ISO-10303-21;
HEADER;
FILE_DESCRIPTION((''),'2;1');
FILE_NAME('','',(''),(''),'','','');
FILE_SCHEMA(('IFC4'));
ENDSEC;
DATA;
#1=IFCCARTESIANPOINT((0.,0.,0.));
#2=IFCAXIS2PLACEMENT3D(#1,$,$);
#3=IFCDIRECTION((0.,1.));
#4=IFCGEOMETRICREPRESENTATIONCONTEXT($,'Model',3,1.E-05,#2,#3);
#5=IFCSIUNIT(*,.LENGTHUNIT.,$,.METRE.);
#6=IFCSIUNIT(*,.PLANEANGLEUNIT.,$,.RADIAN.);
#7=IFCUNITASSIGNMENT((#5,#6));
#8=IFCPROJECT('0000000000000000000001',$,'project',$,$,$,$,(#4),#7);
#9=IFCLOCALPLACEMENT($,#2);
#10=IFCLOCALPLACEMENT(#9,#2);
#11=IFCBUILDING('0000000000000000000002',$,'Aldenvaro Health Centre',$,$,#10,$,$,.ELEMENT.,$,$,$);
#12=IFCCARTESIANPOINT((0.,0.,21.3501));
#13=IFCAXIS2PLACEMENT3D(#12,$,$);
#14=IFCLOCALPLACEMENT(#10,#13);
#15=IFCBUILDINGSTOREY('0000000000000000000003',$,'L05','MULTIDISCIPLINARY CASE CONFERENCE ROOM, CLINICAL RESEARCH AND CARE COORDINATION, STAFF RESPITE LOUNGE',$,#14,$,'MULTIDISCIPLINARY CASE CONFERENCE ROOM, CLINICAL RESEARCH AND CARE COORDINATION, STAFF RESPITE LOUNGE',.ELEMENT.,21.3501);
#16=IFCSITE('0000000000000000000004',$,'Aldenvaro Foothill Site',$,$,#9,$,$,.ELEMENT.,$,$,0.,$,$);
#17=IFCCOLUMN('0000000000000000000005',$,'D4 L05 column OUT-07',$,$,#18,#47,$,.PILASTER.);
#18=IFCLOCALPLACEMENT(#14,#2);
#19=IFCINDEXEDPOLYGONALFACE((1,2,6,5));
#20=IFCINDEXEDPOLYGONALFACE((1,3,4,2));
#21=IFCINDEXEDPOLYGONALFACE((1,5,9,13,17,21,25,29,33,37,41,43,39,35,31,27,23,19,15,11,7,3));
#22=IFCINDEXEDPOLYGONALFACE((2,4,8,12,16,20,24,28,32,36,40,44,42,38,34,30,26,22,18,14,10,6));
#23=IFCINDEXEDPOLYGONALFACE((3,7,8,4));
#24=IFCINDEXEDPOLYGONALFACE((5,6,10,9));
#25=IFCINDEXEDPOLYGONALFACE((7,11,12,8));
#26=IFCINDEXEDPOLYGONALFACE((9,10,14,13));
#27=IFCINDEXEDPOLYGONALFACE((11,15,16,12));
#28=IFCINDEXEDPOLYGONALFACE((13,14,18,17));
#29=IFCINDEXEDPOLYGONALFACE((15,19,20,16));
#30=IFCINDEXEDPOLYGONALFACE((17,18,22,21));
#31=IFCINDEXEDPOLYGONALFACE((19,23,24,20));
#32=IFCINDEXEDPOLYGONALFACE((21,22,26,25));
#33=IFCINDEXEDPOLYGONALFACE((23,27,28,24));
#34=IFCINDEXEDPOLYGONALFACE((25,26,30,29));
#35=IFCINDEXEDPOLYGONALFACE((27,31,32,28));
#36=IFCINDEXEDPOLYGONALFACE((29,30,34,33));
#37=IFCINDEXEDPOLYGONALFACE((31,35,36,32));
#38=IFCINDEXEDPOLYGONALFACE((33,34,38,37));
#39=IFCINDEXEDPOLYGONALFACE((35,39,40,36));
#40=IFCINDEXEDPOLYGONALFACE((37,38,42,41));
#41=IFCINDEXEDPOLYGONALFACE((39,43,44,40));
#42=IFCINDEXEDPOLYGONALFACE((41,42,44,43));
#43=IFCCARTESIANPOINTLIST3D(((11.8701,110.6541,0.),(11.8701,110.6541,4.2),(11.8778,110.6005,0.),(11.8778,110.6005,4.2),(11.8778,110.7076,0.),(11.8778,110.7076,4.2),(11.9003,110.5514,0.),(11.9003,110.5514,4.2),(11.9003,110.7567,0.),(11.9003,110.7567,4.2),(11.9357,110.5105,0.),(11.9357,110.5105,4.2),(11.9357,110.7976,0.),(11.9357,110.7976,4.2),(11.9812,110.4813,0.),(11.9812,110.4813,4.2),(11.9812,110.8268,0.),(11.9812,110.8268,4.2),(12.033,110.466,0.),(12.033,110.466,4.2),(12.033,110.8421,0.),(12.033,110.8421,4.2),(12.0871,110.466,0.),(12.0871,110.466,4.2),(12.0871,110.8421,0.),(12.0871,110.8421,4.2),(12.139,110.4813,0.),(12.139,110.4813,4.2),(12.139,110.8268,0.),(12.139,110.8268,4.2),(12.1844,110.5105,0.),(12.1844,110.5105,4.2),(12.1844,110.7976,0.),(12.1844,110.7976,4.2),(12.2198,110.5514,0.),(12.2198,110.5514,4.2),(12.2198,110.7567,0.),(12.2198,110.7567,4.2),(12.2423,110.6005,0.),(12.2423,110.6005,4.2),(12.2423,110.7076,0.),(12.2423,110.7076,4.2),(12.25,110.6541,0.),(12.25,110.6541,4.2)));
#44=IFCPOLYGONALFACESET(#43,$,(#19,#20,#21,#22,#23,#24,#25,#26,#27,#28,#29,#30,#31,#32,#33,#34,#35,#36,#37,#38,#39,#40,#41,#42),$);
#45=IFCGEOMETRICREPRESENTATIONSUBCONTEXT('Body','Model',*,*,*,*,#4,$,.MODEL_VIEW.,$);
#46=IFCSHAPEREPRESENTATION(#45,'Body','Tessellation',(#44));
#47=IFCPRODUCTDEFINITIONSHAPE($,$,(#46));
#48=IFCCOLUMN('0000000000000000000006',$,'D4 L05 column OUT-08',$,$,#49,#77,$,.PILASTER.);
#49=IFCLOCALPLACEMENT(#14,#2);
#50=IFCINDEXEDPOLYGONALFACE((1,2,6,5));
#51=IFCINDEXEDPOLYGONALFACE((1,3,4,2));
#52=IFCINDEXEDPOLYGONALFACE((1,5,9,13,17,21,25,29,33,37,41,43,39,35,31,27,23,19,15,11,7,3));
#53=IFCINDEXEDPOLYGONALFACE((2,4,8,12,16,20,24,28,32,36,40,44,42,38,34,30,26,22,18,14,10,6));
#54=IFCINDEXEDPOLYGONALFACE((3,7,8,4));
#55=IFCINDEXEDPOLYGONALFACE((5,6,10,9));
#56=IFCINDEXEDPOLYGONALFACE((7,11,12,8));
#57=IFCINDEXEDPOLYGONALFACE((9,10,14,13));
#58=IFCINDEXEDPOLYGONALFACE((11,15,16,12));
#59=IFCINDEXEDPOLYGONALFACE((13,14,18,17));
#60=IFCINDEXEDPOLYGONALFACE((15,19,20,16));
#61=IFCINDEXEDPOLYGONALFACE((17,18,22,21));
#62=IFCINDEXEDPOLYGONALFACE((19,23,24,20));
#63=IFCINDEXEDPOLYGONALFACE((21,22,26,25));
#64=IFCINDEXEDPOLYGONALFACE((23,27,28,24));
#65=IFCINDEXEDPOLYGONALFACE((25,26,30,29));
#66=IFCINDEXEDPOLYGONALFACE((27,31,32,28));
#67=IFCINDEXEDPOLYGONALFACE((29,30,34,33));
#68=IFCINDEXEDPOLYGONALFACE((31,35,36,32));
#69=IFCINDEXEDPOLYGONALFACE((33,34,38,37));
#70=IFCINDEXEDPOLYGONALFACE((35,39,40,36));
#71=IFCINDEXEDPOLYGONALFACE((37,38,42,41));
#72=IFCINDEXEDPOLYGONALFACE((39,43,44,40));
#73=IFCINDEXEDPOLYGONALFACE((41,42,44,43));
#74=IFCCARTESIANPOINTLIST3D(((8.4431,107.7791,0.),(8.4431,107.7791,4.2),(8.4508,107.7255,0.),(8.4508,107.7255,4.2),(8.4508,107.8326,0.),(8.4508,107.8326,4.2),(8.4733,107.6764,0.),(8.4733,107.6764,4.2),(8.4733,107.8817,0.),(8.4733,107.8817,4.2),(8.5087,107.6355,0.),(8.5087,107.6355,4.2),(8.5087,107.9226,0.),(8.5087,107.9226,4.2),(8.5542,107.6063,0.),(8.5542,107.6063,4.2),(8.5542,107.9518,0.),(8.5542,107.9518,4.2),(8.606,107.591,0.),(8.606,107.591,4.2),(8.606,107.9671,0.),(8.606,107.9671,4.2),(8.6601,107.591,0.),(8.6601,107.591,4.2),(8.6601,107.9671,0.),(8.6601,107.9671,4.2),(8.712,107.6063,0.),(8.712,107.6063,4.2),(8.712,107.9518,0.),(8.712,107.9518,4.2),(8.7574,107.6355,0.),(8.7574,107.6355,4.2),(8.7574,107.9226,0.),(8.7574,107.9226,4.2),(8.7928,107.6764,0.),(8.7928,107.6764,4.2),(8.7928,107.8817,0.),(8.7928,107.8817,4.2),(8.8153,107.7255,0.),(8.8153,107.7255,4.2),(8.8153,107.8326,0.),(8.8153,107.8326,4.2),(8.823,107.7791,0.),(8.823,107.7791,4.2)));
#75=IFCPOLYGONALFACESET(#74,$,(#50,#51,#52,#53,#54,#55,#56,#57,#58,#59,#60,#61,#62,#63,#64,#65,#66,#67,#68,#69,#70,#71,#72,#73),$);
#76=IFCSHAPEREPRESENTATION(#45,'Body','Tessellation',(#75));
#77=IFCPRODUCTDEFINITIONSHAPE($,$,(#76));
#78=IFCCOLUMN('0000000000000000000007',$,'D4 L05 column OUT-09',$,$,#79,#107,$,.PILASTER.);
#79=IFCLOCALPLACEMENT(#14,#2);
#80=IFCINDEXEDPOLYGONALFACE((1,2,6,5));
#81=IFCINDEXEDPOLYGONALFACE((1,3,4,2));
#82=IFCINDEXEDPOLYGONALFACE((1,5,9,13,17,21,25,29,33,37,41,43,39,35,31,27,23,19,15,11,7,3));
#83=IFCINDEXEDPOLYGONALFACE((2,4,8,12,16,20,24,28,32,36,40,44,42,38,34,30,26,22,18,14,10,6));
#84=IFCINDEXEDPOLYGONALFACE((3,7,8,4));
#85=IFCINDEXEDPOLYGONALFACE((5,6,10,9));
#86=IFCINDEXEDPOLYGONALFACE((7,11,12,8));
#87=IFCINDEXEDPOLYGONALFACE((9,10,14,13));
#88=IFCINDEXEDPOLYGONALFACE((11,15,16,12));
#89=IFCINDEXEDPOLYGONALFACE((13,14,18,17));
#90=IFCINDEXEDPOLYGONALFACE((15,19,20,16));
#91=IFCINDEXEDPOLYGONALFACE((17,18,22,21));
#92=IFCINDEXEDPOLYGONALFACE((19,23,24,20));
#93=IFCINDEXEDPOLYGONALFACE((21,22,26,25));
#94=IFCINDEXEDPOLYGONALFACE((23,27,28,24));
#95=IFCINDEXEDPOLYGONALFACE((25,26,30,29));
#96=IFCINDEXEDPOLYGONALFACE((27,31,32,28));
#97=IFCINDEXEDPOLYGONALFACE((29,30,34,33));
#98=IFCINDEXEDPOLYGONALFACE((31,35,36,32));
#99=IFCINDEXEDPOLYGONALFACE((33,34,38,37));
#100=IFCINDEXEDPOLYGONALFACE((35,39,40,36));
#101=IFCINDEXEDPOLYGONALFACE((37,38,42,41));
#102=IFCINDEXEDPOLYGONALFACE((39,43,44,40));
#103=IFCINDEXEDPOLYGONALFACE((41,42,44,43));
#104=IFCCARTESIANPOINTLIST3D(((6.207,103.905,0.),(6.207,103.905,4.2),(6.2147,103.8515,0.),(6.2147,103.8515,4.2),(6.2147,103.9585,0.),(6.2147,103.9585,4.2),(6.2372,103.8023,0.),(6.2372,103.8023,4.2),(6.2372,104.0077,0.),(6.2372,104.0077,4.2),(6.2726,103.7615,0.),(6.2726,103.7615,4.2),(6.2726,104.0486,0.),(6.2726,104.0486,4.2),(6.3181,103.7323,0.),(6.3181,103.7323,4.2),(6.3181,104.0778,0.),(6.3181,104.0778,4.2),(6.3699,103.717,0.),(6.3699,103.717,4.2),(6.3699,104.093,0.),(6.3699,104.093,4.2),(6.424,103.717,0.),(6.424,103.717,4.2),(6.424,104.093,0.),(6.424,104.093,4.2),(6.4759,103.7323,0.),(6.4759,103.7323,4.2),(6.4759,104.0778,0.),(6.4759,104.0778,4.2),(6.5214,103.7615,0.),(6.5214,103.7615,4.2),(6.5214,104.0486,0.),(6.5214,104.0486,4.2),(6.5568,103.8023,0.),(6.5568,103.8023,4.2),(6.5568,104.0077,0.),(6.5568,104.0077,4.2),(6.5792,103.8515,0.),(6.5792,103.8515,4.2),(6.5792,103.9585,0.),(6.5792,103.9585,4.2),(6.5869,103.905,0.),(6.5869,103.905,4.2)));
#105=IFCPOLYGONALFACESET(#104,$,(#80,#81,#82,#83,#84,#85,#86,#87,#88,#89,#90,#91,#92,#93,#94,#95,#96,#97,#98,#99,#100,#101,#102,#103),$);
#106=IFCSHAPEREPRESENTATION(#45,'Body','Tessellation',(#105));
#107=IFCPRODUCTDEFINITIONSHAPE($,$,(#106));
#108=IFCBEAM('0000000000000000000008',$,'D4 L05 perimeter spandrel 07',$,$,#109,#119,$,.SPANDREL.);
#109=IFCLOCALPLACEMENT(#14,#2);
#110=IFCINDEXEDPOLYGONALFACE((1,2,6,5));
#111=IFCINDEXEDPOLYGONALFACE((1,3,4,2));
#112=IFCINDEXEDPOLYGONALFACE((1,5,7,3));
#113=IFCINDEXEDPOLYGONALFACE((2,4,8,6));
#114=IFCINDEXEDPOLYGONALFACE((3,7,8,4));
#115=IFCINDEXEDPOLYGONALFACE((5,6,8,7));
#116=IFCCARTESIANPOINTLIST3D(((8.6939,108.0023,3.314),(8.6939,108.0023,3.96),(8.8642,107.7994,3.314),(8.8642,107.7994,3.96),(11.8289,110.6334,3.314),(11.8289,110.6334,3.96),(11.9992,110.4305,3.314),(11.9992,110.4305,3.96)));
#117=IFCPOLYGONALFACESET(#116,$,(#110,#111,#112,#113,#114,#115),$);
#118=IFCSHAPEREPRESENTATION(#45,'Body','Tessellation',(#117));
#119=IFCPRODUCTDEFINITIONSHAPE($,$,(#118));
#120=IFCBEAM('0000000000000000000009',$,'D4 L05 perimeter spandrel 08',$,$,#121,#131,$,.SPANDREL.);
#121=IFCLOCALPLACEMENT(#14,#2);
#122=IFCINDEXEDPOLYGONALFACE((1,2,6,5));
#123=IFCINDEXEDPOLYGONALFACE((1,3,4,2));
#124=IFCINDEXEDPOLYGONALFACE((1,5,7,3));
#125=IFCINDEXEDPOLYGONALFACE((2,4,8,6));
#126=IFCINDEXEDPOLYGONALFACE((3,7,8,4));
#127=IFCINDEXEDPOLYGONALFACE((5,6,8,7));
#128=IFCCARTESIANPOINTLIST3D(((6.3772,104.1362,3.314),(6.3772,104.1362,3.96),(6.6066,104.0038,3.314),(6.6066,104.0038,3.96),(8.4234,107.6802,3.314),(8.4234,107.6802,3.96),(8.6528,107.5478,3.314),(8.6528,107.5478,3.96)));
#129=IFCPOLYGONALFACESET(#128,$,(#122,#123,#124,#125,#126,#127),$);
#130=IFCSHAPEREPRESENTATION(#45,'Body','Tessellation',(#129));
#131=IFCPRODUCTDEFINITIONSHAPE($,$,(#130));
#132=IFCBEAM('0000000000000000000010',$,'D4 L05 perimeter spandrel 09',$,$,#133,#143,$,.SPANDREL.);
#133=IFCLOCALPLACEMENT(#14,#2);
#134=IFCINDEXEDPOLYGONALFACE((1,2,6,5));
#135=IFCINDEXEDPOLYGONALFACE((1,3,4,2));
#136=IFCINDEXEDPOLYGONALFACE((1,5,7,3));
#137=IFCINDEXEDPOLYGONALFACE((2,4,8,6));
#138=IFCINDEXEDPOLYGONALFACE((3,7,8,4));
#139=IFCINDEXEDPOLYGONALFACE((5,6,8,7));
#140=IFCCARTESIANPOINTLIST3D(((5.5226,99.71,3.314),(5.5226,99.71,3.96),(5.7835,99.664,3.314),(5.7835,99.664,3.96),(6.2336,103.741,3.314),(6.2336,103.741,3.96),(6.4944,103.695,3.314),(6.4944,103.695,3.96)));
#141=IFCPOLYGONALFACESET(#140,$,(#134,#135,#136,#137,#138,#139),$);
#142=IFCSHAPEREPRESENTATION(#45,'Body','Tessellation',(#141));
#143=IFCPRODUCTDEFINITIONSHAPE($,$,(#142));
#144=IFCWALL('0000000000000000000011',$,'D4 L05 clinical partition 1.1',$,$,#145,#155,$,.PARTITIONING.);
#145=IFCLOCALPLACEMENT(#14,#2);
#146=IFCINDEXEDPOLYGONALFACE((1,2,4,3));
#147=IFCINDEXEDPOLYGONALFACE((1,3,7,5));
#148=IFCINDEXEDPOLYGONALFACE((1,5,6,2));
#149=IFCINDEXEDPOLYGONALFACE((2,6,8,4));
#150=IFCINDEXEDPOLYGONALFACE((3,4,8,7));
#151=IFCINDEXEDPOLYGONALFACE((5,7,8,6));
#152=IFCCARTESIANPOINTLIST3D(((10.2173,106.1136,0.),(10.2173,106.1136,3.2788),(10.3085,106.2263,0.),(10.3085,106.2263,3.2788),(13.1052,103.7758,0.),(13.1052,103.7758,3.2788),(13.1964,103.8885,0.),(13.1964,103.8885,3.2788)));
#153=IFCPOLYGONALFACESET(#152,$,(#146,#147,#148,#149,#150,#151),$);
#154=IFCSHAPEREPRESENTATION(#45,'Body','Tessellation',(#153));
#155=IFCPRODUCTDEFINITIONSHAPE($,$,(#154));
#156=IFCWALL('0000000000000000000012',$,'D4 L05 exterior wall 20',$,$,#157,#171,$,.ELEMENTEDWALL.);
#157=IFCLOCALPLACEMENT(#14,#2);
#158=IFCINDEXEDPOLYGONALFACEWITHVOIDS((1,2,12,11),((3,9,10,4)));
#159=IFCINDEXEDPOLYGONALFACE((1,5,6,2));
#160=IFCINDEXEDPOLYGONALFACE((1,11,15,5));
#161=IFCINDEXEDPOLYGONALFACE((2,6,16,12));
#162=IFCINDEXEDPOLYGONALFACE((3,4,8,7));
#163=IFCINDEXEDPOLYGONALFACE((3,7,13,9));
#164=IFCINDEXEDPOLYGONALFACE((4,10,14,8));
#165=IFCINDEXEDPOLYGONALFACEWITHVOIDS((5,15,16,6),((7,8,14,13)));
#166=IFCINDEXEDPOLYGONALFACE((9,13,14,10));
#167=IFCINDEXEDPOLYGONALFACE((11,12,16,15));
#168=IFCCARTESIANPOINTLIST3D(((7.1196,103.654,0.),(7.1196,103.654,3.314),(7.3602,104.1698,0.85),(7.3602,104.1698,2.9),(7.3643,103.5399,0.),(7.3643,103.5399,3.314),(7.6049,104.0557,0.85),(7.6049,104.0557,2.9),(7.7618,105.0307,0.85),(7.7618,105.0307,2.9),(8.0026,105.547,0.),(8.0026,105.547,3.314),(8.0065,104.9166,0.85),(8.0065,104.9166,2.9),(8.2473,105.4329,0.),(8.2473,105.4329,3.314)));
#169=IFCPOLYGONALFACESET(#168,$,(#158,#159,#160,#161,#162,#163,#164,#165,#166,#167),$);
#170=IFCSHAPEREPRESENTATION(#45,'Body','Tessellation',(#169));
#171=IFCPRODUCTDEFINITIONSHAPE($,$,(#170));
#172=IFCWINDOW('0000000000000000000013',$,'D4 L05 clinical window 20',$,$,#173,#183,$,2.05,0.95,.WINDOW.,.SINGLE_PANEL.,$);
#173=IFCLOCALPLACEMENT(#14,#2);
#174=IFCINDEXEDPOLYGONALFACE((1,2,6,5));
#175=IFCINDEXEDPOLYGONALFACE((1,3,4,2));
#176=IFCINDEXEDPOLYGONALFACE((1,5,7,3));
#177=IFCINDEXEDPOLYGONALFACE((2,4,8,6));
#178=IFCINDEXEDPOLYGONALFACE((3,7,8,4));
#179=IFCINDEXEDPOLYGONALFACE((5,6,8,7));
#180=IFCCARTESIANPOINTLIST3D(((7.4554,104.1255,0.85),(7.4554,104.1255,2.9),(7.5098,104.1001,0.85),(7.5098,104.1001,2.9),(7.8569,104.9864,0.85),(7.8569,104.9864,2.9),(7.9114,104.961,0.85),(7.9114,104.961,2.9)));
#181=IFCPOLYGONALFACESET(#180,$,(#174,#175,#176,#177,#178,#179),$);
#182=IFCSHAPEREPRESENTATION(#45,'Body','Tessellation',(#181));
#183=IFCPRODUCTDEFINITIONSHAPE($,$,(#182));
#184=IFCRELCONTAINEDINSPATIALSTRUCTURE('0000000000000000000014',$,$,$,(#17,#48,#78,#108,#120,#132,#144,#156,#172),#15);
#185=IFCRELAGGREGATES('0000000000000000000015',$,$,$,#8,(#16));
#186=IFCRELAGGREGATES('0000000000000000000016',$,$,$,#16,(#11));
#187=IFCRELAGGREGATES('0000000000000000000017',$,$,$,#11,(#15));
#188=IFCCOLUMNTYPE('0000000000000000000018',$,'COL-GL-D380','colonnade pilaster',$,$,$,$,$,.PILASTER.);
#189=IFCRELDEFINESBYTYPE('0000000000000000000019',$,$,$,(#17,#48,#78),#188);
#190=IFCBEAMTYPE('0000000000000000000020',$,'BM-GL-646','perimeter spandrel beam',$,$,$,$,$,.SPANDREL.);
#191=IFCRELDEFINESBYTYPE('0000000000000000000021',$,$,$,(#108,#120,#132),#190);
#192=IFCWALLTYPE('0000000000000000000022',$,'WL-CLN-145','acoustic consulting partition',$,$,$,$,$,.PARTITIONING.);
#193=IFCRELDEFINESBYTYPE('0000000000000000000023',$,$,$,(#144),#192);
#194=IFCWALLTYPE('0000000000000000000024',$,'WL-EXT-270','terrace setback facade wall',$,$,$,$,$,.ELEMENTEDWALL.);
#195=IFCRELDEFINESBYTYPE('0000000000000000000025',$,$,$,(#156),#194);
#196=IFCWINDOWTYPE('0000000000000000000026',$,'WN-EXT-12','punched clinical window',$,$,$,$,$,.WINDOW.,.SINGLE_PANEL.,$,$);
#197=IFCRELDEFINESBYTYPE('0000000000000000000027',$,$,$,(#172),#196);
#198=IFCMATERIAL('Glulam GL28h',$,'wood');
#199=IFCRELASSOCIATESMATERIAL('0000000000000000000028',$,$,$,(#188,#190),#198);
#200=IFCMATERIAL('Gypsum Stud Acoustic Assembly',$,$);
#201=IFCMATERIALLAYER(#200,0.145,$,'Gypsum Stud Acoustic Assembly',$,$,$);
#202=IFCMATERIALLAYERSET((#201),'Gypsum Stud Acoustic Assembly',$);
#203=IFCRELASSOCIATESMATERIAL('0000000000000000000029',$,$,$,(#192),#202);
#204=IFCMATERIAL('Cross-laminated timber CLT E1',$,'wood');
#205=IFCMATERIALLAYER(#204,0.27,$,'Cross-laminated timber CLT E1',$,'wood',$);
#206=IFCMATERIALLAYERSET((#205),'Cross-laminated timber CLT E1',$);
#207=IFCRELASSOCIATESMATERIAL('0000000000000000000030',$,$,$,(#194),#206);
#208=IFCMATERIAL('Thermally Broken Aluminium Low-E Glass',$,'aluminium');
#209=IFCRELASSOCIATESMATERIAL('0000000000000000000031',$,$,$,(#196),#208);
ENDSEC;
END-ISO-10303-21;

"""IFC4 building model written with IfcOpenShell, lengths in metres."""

from ifc_helpers import new_model, si_unit, direction, frame, frame_2d, origin, origin_2d, place, context, subcontext, project, spatial, rectangle, circle, extrude, material, layer, layer_set, material_profile, profile_set, type_object, element, fill, save


model = new_model("IFC4")

# Units and contexts
model_context = context("Model", 3, precision=1e-05, world=origin(), true_north=direction((0.0, 1.0)))
body_context = subcontext(model_context, "Body", "Model", "MODEL_VIEW")
ifc_project = project(units=[si_unit("LENGTHUNIT", "METRE"), si_unit("PLANEANGLEUNIT", "RADIAN")], contexts=[model_context])

# Site, building, storey
site_placement = place(None, origin())
site = spatial("IfcSite", under=ifc_project, at=site_placement, Name="Aldenvaro Foothill Site", CompositionType="ELEMENT", RefElevation=0.0)
building_placement = place(site_placement, origin())
building = spatial("IfcBuilding", under=site, at=building_placement, Name="Aldenvaro Health Centre", CompositionType="ELEMENT")
storey_placement = place(building_placement, frame((0.0, 0.0, 21.3501)))
storey = spatial("IfcBuildingStorey", under=building, at=storey_placement, Name="L05", Description="MULTIDISCIPLINARY CASE CONFERENCE ROOM, CLINICAL RESEARCH AND CARE COORDINATION, STAFF RESPITE LOUNGE", LongName="MULTIDISCIPLINARY CASE CONFERENCE ROOM, CLINICAL RESEARCH AND CARE COORDINATION, STAFF RESPITE LOUNGE", CompositionType="ELEMENT", Elevation=21.3501)

# Columns
ifc_material_1 = material(Name="Glulam GL28h", Category="wood")
ifc_material_profile_1 = material_profile(ifc_material_1, circle(Radius=0.1899, at=origin_2d()), Name="GL D380", Category="wood")
ifc_profile_set_1 = profile_set([ifc_material_profile_1], Name="Glulam GL28h")
column_type = type_object("IfcColumnType", Name="COL-GL-D380", Description="colonnade pilaster", PredefinedType="PILASTER", material=ifc_profile_set_1)
for number, where, z_axis, x_axis, name in (
    (1, (12.0601, 110.6541, 0.0), (0.0, 0.0, 1.0), (1.0, 0.0, 0.0), "D4 L05 column OUT-07"),
    (2, (8.6331, 107.7791, 0.0), (0.0, 0.0, 1.0), (1.0, 0.0, 0.0), "D4 L05 column OUT-08"),
    (3, (6.397, 103.905, 0.0), (0.0, 0.0, 1.0), (1.0, 0.0, 0.0), "D4 L05 column OUT-09"),
):
    element("IfcColumn", number, at=place(storey_placement, frame(where, z_axis=z_axis, x_axis=x_axis)), inside=storey, type_object=column_type, Name=name, PredefinedType="PILASTER", context=body_context, shape_type="SweptSolid", body=[
        extrude(circle(Radius=0.1899, at=origin_2d()), origin(), (0.0, 0.0, 1.0), 4.2),
    ])

# Beams
ifc_material_profile_2 = material_profile(ifc_material_1, rectangle(XDim=0.2649, YDim=0.646, at=origin_2d()), Name="GL 265x646", Category="wood")
ifc_profile_set_2 = profile_set([ifc_material_profile_2], Name="Glulam GL28h")
beam_type = type_object("IfcBeamType", Name="BM-GL-646", Description="perimeter spandrel beam", PredefinedType="SPANDREL", material=ifc_profile_set_2)
beam_1_placement = place(storey_placement, frame((11.9141, 110.532, 3.637), z_axis=(-0.765982, -0.642862, 0.0), x_axis=(0.642862, -0.765982, 0.0)))
element("IfcBeam", 4, at=beam_1_placement, inside=storey, type_object=beam_type, Name="D4 L05 perimeter spandrel 07", PredefinedType="SPANDREL", context=body_context, shape_type="SweptSolid", body=[
    extrude(rectangle(XDim=0.2649, YDim=0.646, at=origin_2d()), origin(), (0.0, 0.0, 1.0), 4.0928),
])
beam_2_placement = place(storey_placement, frame((8.5381, 107.614, 3.637), z_axis=(-0.500008, -0.866021, 0.0), x_axis=(0.866021, -0.500008, 0.0)))
element("IfcBeam", 5, at=beam_2_placement, inside=storey, type_object=beam_type, Name="D4 L05 perimeter spandrel 08", PredefinedType="SPANDREL", context=body_context, shape_type="SweptSolid", body=[
    extrude(rectangle(XDim=0.2649, YDim=0.646, at=origin_2d()), origin(), (0.0, 0.0, 1.0), 4.0923),
])
beam_3_placement = place(storey_placement, frame((6.364, 103.718, 3.637), z_axis=(-0.173687, -0.984801, 0.0), x_axis=(0.984801, -0.173687, 0.0)))
element("IfcBeam", 6, at=beam_3_placement, inside=storey, type_object=beam_type, Name="D4 L05 perimeter spandrel 09", PredefinedType="SPANDREL", context=body_context, shape_type="SweptSolid", body=[
    extrude(rectangle(XDim=0.2649, YDim=0.646, at=origin_2d()), origin(), (0.0, 0.0, 1.0), 4.0933),
])

# Wall
ifc_material_2 = material(Name="Gypsum Stud Acoustic Assembly")
ifc_layer_1 = layer(ifc_material_2, 0.145, Name="Gypsum Stud Acoustic Assembly")
ifc_layer_set_1 = layer_set([ifc_layer_1], Name="Gypsum Stud Acoustic Assembly")
wall_type_1 = type_object("IfcWallType", Name="WL-CLN-145", Description="acoustic consulting partition", PredefinedType="PARTITIONING", material=ifc_layer_set_1)
wall_1_placement = place(storey_placement, frame((13.1509, 103.832, 0.0), z_axis=(0.0, 0.0, 1.0), x_axis=(-0.77724, 0.629204, 0.0)))
element("IfcWall", 7, at=wall_1_placement, inside=storey, type_object=wall_type_1, Name="D4 L05 clinical partition 1.1", PredefinedType="PARTITIONING", context=body_context, shape_type="SweptSolid", body=[
    extrude(rectangle(XDim=3.7156, YDim=0.145, at=frame_2d((1.8579, 0.0))), origin(), (0.0, 0.0, 1.0), 3.2788),
])

# Wall, opening, window
ifc_material_3 = material(Name="Cross-laminated timber CLT E1", Category="wood")
ifc_layer_2 = layer(ifc_material_3, 0.27, Name="Cross-laminated timber CLT E1", Category="wood")
ifc_layer_set_2 = layer_set([ifc_layer_2], Name="Cross-laminated timber CLT E1")
wall_type_2 = type_object("IfcWallType", Name="WL-EXT-270", Description="terrace setback facade wall", PredefinedType="ELEMENTEDWALL", material=ifc_layer_set_2)
wall_2_placement = place(storey_placement, frame((7.2419, 103.5969, 0.0), z_axis=(0.0, 0.0, 1.0), x_axis=(0.422738, 0.906252, 0.0)))
wall_2 = element("IfcWall", 8, at=wall_2_placement, inside=storey, type_object=wall_type_2, Name="D4 L05 exterior wall 20", PredefinedType="ELEMENTEDWALL", context=body_context, shape_type="SweptSolid", body=[
    extrude(rectangle(XDim=2.0889, YDim=0.27, at=frame_2d((1.0444, 0.0))), origin(), (0.0, 0.0, 1.0), 3.314),
])
opening_1_placement = place(wall_2_placement, frame((0.5691, 0.0, 0.8501)))
opening_1 = element("IfcOpeningElement", 9, at=opening_1_placement, cuts=wall_2, PredefinedType="OPENING", context=body_context, shape_type="SweptSolid", body=[
    extrude(rectangle(XDim=0.95, YDim=2.05, at=frame_2d((0.4751, 1.0249))), frame((0.0, 0.145, 0.0), z_axis=(0.0, -1.0, 0.0), x_axis=(1.0, 0.0, 0.0)), (0.0, 0.0, 1.0), 0.29),
])
ifc_material_4 = material(Name="Thermally Broken Aluminium Low-E Glass", Category="aluminium")
window_type_1 = type_object("IfcWindowType", Name="WN-EXT-12", Description="punched clinical window", PartitioningType="SINGLE_PANEL", PredefinedType="WINDOW", material=ifc_material_4)
window_1_placement = place(opening_1_placement, origin())
window_1 = element("IfcWindow", 10, at=window_1_placement, inside=storey, type_object=window_type_1, Name="D4 L05 clinical window 20", OverallHeight=2.05, OverallWidth=0.95, PartitioningType="SINGLE_PANEL", PredefinedType="WINDOW", context=body_context, shape_type="SweptSolid", body=[
    extrude(rectangle(XDim=0.95, YDim=2.05, at=frame_2d((0.4751, 1.0249))), frame((0.0, 0.03, 0.0), z_axis=(0.0, -1.0, 0.0), x_axis=(1.0, 0.0, 0.0)), (0.0, 0.0, 1.0), 0.0601),
])
fill(opening_1, window_1)

save(model, "model.ifc")
